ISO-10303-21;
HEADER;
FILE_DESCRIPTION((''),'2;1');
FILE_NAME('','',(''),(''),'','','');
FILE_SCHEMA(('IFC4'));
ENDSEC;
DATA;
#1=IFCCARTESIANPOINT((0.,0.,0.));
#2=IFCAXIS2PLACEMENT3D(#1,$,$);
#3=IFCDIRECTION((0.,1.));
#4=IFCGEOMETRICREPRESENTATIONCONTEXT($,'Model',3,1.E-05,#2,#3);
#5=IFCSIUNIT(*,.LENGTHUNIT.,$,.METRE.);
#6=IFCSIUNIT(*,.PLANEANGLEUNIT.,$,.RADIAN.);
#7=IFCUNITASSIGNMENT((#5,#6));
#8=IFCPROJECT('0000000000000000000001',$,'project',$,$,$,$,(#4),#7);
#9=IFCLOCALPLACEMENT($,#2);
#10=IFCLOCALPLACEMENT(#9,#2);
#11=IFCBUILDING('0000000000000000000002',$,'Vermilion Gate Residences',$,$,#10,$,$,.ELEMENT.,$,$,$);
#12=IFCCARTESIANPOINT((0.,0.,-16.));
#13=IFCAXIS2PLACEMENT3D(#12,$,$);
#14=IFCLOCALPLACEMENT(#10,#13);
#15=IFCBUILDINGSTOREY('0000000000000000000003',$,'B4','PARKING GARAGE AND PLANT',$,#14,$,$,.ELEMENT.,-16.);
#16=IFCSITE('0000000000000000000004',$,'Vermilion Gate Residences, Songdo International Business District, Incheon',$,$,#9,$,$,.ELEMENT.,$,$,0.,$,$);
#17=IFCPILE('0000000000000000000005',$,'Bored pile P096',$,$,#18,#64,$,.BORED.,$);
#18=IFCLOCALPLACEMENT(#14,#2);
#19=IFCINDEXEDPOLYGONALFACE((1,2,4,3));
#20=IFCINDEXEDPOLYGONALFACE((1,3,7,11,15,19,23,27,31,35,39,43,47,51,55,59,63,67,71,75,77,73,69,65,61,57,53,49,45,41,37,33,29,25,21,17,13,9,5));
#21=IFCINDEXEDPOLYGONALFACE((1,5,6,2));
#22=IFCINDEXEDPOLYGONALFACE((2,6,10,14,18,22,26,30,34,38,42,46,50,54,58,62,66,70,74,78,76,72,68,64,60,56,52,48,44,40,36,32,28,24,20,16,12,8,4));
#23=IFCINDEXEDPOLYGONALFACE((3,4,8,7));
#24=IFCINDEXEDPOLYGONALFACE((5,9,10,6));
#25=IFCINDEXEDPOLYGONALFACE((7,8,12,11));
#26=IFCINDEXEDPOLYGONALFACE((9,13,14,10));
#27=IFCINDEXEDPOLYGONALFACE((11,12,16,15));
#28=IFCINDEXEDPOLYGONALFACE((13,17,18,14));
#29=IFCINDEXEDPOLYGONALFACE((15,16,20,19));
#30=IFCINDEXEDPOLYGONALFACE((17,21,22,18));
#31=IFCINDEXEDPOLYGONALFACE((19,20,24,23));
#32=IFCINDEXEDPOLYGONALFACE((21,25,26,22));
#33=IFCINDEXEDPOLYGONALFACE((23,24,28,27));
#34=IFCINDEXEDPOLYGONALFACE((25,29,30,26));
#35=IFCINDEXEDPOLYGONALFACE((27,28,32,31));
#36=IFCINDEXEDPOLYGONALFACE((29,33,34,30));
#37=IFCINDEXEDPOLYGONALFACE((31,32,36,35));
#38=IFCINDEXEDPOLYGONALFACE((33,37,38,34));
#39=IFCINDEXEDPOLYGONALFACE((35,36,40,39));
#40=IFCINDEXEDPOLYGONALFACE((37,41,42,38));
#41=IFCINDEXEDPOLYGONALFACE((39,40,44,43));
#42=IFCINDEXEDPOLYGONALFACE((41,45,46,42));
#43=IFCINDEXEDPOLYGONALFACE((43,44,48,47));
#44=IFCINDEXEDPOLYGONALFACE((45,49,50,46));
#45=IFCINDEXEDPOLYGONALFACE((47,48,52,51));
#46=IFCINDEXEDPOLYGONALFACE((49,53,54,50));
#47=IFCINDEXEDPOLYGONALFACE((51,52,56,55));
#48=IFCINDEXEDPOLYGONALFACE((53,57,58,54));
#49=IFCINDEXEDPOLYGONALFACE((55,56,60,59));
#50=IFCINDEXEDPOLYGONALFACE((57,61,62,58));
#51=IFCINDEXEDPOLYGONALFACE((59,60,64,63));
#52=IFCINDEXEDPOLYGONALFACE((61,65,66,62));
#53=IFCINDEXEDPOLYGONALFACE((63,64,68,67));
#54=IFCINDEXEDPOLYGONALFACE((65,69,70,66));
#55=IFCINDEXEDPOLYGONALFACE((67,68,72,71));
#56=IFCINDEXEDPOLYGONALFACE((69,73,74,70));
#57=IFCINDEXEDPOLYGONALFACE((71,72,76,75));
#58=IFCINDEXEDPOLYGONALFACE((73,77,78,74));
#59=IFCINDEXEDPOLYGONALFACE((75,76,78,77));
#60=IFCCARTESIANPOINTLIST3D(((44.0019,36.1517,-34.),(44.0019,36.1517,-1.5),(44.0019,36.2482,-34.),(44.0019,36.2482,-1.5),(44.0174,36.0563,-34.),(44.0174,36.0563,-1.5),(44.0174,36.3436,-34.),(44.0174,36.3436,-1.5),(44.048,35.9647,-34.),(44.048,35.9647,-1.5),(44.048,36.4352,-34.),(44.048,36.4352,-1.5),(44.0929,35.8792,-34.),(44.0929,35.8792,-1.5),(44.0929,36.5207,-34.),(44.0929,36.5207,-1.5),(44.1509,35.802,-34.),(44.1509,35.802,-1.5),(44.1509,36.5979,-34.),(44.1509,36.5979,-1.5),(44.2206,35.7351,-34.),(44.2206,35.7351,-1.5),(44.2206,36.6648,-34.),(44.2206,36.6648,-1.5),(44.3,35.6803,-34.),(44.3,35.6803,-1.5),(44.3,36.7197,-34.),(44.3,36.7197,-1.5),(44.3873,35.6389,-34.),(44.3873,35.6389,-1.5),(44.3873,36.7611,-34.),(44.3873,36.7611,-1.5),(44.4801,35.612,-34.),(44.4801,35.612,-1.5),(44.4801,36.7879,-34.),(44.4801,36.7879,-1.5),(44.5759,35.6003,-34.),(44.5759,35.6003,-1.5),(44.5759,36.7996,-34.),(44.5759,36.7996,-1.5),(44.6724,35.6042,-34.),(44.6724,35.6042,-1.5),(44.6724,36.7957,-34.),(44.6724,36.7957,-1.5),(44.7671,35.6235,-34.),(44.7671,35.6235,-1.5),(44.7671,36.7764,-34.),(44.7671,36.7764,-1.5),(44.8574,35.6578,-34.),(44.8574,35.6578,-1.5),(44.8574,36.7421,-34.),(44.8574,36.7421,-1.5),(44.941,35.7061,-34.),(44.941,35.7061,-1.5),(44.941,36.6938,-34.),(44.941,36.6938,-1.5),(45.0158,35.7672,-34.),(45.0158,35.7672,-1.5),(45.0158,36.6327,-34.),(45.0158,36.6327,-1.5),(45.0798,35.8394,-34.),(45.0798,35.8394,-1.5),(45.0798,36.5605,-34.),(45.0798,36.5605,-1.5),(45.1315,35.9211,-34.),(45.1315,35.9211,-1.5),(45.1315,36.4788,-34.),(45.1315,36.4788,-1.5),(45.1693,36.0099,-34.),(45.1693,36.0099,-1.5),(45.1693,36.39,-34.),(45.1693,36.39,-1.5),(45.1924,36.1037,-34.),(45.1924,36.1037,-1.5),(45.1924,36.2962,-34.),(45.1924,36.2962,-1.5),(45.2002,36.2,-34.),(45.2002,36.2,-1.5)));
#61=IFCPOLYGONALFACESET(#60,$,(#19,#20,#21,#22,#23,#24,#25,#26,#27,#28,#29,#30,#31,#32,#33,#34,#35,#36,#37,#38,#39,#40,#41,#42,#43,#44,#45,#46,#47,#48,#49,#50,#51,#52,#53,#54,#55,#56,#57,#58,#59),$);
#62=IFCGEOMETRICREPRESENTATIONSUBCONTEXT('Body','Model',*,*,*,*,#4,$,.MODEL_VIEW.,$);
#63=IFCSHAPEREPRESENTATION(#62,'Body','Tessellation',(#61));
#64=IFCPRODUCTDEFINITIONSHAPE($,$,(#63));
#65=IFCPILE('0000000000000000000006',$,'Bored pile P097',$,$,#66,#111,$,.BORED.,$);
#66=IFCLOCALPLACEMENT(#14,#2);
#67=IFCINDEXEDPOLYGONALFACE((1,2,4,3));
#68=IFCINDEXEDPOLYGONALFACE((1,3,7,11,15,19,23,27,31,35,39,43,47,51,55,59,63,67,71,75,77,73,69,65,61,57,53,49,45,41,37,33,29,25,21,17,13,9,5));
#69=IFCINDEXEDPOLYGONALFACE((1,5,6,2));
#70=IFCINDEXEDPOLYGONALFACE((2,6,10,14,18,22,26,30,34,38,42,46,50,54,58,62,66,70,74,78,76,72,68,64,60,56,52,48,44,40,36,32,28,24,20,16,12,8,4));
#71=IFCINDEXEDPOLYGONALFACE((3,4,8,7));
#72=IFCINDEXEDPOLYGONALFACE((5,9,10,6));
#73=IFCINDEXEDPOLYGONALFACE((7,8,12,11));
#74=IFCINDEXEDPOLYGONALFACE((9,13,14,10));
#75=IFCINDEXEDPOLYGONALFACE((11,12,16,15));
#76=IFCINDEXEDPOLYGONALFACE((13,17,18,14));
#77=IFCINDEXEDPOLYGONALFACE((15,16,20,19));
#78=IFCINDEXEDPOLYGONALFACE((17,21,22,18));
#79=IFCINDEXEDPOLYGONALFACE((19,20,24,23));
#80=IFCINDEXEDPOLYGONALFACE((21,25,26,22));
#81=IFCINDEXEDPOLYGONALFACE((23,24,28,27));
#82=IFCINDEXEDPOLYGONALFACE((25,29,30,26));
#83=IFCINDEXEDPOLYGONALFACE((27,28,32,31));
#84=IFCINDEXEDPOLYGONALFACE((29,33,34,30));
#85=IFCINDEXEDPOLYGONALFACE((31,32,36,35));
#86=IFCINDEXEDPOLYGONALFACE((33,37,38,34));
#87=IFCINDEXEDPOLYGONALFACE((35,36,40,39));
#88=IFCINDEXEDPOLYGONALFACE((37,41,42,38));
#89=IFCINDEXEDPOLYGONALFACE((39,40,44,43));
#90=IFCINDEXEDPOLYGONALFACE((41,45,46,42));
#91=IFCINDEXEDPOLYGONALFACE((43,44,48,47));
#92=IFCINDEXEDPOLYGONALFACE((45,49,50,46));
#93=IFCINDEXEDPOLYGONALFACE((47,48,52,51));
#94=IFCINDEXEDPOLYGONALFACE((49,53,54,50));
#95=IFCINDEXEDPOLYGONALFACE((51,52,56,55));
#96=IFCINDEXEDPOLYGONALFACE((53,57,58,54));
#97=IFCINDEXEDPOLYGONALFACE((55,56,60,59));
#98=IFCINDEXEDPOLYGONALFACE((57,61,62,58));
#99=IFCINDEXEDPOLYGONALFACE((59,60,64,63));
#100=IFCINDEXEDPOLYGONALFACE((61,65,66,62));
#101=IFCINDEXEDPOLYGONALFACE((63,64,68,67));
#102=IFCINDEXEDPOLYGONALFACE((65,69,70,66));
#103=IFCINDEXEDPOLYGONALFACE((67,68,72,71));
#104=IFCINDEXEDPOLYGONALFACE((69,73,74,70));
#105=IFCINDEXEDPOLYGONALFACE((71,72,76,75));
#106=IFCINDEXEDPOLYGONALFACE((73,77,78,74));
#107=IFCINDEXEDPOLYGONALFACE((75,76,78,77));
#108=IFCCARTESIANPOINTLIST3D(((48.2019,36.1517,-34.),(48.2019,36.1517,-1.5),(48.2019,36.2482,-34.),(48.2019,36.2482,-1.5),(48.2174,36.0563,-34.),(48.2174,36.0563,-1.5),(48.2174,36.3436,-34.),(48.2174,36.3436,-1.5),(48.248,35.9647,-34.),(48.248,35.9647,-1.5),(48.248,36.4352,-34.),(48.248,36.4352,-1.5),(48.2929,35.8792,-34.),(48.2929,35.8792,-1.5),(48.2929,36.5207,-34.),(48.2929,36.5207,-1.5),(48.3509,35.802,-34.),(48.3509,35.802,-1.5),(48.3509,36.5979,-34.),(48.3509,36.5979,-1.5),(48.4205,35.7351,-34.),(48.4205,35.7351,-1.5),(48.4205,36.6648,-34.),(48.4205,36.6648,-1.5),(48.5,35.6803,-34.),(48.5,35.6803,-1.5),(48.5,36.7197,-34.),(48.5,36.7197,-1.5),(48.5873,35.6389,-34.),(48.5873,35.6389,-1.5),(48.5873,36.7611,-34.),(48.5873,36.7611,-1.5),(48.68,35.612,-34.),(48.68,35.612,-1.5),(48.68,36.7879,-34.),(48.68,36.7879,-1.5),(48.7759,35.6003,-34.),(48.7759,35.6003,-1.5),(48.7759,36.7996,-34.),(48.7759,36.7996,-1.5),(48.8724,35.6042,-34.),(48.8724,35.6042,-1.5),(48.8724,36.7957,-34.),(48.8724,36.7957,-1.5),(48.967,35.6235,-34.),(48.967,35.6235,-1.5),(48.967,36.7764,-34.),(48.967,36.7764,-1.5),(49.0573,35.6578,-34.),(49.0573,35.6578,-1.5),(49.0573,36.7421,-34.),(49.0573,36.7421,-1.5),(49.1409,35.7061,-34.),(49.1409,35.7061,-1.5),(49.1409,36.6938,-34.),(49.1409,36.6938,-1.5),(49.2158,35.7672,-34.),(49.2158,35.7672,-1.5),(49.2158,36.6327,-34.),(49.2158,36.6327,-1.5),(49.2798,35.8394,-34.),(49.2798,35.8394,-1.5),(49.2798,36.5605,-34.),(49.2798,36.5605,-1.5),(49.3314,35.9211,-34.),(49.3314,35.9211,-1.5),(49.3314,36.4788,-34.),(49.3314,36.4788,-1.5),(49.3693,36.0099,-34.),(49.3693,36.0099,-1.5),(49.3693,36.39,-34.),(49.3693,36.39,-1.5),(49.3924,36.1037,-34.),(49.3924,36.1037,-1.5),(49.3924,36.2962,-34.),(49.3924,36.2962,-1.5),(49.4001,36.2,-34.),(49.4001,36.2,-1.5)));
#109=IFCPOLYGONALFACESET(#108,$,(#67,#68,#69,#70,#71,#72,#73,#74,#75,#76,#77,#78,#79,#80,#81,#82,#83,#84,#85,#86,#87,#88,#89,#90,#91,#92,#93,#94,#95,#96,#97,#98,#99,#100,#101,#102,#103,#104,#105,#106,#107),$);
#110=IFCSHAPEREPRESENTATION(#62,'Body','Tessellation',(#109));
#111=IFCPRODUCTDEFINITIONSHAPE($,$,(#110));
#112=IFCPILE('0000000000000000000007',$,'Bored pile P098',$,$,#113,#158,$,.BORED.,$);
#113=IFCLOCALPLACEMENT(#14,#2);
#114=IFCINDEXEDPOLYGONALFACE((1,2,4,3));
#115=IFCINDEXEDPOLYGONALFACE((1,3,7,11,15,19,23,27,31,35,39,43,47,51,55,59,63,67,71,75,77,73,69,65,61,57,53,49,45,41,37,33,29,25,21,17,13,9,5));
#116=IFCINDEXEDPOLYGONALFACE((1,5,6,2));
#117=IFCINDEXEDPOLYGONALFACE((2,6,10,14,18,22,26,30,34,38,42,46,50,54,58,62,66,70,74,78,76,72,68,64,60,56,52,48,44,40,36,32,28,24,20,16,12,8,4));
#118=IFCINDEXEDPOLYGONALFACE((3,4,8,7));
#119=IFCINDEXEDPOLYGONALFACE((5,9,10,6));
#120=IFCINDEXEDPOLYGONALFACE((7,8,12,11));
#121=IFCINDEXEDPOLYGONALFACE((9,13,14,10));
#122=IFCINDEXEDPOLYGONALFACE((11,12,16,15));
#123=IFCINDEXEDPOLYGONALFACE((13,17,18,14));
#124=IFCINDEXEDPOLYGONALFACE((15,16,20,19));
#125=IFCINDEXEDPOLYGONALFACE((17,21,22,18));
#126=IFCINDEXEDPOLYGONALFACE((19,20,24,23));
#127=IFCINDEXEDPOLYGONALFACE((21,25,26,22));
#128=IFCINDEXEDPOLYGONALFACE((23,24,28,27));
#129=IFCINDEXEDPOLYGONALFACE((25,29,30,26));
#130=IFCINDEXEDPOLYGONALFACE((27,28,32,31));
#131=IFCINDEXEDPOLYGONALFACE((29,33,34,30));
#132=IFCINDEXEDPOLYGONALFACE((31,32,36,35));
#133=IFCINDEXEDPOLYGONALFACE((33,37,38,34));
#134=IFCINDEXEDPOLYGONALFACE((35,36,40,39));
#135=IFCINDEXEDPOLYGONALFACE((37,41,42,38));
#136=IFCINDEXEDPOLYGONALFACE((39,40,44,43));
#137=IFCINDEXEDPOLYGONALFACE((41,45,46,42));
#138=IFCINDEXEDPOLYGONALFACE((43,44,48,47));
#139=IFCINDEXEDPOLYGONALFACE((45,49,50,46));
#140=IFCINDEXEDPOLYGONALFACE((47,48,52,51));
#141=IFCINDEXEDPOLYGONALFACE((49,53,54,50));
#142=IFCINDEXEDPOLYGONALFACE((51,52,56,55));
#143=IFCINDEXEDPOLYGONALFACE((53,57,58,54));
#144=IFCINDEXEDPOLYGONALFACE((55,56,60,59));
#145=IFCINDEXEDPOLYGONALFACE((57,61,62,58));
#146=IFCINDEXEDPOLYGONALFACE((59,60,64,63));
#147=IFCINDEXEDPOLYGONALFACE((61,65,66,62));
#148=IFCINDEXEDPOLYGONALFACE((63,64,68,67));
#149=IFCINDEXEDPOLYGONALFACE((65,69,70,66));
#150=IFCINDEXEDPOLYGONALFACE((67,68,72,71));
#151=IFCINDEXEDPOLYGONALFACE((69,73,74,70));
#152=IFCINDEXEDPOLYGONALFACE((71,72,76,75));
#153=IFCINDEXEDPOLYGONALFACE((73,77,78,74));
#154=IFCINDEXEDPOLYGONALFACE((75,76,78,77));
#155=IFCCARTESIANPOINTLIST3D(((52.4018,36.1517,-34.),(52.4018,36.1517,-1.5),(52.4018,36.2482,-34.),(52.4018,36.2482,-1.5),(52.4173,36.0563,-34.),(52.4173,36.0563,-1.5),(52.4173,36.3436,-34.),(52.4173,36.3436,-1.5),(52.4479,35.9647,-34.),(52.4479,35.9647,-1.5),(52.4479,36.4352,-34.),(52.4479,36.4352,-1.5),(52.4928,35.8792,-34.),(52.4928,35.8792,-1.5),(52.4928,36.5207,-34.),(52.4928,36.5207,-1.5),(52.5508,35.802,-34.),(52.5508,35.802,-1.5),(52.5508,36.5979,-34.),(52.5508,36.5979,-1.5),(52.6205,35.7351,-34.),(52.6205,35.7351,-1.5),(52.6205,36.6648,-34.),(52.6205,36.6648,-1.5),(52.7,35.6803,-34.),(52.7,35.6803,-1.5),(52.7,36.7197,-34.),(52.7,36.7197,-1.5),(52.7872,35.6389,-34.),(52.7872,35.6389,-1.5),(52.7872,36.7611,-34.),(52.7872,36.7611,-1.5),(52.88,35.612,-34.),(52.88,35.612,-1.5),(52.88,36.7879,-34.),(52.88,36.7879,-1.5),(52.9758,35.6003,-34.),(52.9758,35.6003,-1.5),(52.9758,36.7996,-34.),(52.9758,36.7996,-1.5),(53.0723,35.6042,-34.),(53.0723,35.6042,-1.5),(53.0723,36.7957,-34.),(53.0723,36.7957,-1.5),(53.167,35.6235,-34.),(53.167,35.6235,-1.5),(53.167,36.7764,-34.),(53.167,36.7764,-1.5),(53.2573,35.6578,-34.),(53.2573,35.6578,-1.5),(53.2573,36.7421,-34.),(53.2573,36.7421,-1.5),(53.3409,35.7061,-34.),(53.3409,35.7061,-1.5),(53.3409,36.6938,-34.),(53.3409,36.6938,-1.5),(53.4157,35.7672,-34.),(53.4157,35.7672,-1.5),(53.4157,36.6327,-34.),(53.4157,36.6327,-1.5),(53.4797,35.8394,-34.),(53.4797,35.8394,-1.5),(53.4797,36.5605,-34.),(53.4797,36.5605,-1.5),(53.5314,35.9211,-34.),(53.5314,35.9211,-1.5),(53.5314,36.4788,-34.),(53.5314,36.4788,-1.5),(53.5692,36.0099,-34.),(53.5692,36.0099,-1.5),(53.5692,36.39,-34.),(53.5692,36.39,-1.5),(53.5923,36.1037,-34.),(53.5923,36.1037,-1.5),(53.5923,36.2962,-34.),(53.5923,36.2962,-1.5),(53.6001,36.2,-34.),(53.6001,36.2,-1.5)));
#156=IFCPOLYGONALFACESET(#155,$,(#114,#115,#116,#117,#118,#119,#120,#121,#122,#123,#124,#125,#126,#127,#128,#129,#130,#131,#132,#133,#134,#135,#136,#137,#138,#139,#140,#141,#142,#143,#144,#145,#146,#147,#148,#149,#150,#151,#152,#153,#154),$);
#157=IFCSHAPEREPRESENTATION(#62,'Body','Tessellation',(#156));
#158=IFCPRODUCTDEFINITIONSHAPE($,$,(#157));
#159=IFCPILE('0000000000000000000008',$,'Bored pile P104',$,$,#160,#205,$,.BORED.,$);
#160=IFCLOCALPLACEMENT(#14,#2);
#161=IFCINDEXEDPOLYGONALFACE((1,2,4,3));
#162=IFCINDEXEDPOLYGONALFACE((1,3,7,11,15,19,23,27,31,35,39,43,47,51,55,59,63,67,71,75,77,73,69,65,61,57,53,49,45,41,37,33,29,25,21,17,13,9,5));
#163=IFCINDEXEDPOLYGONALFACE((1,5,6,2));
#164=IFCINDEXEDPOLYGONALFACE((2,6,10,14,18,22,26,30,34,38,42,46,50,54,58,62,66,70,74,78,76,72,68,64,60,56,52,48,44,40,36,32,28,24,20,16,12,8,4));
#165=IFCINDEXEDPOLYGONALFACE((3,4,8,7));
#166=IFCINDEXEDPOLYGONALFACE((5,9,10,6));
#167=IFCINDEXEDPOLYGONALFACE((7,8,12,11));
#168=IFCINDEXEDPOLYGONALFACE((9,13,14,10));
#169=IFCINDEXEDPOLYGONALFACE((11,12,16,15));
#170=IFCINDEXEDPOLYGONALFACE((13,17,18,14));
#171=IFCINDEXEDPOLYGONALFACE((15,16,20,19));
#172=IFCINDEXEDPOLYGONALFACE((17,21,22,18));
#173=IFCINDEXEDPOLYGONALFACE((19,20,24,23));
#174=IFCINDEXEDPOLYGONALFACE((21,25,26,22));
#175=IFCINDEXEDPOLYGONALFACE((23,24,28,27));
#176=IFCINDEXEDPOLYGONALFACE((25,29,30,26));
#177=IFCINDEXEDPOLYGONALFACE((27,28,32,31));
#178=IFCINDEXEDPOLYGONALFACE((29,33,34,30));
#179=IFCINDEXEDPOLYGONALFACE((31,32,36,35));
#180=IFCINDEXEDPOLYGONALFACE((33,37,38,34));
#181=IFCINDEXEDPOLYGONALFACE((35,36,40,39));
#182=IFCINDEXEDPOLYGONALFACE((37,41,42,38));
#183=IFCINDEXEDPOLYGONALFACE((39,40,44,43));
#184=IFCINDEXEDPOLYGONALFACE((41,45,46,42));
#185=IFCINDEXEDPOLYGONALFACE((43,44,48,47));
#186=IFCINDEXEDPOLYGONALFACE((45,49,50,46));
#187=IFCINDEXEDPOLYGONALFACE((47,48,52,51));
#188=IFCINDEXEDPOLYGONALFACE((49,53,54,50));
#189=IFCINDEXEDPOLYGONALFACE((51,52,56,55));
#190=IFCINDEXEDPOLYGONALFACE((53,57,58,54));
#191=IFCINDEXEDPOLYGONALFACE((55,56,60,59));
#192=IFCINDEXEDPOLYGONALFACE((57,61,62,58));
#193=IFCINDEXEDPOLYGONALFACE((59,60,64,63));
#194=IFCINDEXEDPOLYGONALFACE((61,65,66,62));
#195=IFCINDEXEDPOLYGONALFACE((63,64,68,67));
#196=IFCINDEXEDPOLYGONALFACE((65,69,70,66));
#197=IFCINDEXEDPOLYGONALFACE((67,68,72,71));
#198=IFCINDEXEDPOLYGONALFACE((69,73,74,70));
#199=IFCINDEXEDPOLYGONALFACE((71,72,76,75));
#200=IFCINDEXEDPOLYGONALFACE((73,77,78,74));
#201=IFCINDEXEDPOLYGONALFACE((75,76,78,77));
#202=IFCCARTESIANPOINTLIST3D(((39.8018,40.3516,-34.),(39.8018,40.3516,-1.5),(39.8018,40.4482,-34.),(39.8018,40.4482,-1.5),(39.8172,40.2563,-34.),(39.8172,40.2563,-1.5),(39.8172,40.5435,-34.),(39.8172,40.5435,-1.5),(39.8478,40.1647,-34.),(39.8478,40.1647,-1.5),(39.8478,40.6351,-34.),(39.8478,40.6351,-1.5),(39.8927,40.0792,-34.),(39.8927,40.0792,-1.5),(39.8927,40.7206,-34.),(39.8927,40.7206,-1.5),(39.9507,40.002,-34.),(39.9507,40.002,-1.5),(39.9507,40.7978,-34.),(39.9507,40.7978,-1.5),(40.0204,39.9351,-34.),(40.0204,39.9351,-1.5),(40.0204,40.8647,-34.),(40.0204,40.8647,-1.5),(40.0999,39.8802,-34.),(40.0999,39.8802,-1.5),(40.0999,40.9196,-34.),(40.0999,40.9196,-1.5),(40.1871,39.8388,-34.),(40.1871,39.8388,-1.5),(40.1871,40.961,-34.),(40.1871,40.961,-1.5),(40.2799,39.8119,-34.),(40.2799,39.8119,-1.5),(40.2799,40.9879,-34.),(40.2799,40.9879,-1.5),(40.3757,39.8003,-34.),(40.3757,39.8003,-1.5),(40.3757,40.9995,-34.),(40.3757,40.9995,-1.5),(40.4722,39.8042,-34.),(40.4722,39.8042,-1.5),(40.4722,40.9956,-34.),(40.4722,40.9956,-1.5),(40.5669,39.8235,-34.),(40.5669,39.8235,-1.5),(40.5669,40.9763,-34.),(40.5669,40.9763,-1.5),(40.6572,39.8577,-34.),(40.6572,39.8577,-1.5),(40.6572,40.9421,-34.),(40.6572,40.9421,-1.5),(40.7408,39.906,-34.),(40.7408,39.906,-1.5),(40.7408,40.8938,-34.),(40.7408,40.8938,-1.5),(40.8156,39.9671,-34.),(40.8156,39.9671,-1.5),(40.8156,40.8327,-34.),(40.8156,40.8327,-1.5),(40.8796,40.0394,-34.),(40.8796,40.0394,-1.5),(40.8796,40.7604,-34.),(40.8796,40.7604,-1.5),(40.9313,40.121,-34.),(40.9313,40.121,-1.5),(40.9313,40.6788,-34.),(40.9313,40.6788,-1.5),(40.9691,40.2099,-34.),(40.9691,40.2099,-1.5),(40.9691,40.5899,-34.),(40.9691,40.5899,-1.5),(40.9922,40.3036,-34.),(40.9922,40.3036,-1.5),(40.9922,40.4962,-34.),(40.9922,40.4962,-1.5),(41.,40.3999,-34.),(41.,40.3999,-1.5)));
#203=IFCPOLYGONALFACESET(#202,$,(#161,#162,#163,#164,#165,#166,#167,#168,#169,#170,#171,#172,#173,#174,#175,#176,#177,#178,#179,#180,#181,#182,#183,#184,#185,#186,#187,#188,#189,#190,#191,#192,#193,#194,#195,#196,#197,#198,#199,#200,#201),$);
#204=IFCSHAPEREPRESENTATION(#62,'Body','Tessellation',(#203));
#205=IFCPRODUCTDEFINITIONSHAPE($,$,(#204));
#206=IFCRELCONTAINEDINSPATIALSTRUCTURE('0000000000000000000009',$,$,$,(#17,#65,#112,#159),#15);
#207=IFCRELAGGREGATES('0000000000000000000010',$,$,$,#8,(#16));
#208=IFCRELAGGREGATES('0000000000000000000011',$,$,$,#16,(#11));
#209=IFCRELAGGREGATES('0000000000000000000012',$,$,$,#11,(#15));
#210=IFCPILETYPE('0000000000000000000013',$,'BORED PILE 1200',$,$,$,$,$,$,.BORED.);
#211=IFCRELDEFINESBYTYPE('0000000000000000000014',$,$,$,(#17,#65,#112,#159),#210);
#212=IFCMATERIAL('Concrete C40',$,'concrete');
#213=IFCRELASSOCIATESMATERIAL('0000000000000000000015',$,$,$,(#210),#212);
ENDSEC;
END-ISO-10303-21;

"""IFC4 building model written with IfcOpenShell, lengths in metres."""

from ifc_helpers import new_model, si_unit, direction, frame, origin, origin_2d, place, context, subcontext, project, spatial, circle, extrude, material, material_profile, profile_set, type_object, element, save


model = new_model("IFC4")

# Units and contexts
model_context = context("Model", 3, precision=1e-05, world=origin(), true_north=direction((0.0, 1.0)))
body_context = subcontext(model_context, "Body", "Model", "MODEL_VIEW")
ifc_project = project(units=[si_unit("LENGTHUNIT", "METRE"), si_unit("PLANEANGLEUNIT", "RADIAN")], contexts=[model_context])

# Site, building, storey
site_placement = place(None, origin())
site = spatial("IfcSite", under=ifc_project, at=site_placement, Name="Vermilion Gate Residences, Songdo International Business District, Incheon", CompositionType="ELEMENT", RefElevation=0.0)
building_placement = place(site_placement, origin())
building = spatial("IfcBuilding", under=site, at=building_placement, Name="Vermilion Gate Residences", CompositionType="ELEMENT")
storey_placement = place(building_placement, frame((0.0, 0.0, -16.0)))
storey = spatial("IfcBuildingStorey", under=building, at=storey_placement, Name="B4", Description="PARKING GARAGE AND PLANT", CompositionType="ELEMENT", Elevation=-16.0)

# Piles
ifc_material_1 = material(Name="Concrete C40", Category="concrete")
ifc_material_profile_1 = material_profile(ifc_material_1, circle(Radius=0.6001, at=origin_2d()), Name="BORED PILE 1200")
ifc_profile_set_1 = profile_set([ifc_material_profile_1], Name="Concrete C40")
pile_type = type_object("IfcPileType", Name="BORED PILE 1200", PredefinedType="BORED", material=ifc_profile_set_1)
for number, where, z_axis, x_axis, name in (
    (1, (44.6001, 36.2, -1.5), (0.0, 0.0, -1.0), (1.0, 0.0, 0.0), "Bored pile P096"),
    (2, (48.8, 36.2, -1.5), (0.0, 0.0, -1.0), (1.0, 0.0, 0.0), "Bored pile P097"),
    (3, (53.0, 36.2, -1.5), (0.0, 0.0, -1.0), (1.0, 0.0, 0.0), "Bored pile P098"),
    (4, (40.3999, 40.3999, -1.5), (0.0, 0.0, -1.0), (1.0, 0.0, 0.0), "Bored pile P104"),
):
    element("IfcPile", number, at=place(storey_placement, frame(where, z_axis=z_axis, x_axis=x_axis)), inside=storey, type_object=pile_type, Name=name, PredefinedType="BORED", context=body_context, shape_type="SweptSolid", body=[
        extrude(circle(Radius=0.6001, at=origin_2d()), origin(), (0.0, 0.0, 1.0), 32.5),
    ])

save(model, "model.ifc")
